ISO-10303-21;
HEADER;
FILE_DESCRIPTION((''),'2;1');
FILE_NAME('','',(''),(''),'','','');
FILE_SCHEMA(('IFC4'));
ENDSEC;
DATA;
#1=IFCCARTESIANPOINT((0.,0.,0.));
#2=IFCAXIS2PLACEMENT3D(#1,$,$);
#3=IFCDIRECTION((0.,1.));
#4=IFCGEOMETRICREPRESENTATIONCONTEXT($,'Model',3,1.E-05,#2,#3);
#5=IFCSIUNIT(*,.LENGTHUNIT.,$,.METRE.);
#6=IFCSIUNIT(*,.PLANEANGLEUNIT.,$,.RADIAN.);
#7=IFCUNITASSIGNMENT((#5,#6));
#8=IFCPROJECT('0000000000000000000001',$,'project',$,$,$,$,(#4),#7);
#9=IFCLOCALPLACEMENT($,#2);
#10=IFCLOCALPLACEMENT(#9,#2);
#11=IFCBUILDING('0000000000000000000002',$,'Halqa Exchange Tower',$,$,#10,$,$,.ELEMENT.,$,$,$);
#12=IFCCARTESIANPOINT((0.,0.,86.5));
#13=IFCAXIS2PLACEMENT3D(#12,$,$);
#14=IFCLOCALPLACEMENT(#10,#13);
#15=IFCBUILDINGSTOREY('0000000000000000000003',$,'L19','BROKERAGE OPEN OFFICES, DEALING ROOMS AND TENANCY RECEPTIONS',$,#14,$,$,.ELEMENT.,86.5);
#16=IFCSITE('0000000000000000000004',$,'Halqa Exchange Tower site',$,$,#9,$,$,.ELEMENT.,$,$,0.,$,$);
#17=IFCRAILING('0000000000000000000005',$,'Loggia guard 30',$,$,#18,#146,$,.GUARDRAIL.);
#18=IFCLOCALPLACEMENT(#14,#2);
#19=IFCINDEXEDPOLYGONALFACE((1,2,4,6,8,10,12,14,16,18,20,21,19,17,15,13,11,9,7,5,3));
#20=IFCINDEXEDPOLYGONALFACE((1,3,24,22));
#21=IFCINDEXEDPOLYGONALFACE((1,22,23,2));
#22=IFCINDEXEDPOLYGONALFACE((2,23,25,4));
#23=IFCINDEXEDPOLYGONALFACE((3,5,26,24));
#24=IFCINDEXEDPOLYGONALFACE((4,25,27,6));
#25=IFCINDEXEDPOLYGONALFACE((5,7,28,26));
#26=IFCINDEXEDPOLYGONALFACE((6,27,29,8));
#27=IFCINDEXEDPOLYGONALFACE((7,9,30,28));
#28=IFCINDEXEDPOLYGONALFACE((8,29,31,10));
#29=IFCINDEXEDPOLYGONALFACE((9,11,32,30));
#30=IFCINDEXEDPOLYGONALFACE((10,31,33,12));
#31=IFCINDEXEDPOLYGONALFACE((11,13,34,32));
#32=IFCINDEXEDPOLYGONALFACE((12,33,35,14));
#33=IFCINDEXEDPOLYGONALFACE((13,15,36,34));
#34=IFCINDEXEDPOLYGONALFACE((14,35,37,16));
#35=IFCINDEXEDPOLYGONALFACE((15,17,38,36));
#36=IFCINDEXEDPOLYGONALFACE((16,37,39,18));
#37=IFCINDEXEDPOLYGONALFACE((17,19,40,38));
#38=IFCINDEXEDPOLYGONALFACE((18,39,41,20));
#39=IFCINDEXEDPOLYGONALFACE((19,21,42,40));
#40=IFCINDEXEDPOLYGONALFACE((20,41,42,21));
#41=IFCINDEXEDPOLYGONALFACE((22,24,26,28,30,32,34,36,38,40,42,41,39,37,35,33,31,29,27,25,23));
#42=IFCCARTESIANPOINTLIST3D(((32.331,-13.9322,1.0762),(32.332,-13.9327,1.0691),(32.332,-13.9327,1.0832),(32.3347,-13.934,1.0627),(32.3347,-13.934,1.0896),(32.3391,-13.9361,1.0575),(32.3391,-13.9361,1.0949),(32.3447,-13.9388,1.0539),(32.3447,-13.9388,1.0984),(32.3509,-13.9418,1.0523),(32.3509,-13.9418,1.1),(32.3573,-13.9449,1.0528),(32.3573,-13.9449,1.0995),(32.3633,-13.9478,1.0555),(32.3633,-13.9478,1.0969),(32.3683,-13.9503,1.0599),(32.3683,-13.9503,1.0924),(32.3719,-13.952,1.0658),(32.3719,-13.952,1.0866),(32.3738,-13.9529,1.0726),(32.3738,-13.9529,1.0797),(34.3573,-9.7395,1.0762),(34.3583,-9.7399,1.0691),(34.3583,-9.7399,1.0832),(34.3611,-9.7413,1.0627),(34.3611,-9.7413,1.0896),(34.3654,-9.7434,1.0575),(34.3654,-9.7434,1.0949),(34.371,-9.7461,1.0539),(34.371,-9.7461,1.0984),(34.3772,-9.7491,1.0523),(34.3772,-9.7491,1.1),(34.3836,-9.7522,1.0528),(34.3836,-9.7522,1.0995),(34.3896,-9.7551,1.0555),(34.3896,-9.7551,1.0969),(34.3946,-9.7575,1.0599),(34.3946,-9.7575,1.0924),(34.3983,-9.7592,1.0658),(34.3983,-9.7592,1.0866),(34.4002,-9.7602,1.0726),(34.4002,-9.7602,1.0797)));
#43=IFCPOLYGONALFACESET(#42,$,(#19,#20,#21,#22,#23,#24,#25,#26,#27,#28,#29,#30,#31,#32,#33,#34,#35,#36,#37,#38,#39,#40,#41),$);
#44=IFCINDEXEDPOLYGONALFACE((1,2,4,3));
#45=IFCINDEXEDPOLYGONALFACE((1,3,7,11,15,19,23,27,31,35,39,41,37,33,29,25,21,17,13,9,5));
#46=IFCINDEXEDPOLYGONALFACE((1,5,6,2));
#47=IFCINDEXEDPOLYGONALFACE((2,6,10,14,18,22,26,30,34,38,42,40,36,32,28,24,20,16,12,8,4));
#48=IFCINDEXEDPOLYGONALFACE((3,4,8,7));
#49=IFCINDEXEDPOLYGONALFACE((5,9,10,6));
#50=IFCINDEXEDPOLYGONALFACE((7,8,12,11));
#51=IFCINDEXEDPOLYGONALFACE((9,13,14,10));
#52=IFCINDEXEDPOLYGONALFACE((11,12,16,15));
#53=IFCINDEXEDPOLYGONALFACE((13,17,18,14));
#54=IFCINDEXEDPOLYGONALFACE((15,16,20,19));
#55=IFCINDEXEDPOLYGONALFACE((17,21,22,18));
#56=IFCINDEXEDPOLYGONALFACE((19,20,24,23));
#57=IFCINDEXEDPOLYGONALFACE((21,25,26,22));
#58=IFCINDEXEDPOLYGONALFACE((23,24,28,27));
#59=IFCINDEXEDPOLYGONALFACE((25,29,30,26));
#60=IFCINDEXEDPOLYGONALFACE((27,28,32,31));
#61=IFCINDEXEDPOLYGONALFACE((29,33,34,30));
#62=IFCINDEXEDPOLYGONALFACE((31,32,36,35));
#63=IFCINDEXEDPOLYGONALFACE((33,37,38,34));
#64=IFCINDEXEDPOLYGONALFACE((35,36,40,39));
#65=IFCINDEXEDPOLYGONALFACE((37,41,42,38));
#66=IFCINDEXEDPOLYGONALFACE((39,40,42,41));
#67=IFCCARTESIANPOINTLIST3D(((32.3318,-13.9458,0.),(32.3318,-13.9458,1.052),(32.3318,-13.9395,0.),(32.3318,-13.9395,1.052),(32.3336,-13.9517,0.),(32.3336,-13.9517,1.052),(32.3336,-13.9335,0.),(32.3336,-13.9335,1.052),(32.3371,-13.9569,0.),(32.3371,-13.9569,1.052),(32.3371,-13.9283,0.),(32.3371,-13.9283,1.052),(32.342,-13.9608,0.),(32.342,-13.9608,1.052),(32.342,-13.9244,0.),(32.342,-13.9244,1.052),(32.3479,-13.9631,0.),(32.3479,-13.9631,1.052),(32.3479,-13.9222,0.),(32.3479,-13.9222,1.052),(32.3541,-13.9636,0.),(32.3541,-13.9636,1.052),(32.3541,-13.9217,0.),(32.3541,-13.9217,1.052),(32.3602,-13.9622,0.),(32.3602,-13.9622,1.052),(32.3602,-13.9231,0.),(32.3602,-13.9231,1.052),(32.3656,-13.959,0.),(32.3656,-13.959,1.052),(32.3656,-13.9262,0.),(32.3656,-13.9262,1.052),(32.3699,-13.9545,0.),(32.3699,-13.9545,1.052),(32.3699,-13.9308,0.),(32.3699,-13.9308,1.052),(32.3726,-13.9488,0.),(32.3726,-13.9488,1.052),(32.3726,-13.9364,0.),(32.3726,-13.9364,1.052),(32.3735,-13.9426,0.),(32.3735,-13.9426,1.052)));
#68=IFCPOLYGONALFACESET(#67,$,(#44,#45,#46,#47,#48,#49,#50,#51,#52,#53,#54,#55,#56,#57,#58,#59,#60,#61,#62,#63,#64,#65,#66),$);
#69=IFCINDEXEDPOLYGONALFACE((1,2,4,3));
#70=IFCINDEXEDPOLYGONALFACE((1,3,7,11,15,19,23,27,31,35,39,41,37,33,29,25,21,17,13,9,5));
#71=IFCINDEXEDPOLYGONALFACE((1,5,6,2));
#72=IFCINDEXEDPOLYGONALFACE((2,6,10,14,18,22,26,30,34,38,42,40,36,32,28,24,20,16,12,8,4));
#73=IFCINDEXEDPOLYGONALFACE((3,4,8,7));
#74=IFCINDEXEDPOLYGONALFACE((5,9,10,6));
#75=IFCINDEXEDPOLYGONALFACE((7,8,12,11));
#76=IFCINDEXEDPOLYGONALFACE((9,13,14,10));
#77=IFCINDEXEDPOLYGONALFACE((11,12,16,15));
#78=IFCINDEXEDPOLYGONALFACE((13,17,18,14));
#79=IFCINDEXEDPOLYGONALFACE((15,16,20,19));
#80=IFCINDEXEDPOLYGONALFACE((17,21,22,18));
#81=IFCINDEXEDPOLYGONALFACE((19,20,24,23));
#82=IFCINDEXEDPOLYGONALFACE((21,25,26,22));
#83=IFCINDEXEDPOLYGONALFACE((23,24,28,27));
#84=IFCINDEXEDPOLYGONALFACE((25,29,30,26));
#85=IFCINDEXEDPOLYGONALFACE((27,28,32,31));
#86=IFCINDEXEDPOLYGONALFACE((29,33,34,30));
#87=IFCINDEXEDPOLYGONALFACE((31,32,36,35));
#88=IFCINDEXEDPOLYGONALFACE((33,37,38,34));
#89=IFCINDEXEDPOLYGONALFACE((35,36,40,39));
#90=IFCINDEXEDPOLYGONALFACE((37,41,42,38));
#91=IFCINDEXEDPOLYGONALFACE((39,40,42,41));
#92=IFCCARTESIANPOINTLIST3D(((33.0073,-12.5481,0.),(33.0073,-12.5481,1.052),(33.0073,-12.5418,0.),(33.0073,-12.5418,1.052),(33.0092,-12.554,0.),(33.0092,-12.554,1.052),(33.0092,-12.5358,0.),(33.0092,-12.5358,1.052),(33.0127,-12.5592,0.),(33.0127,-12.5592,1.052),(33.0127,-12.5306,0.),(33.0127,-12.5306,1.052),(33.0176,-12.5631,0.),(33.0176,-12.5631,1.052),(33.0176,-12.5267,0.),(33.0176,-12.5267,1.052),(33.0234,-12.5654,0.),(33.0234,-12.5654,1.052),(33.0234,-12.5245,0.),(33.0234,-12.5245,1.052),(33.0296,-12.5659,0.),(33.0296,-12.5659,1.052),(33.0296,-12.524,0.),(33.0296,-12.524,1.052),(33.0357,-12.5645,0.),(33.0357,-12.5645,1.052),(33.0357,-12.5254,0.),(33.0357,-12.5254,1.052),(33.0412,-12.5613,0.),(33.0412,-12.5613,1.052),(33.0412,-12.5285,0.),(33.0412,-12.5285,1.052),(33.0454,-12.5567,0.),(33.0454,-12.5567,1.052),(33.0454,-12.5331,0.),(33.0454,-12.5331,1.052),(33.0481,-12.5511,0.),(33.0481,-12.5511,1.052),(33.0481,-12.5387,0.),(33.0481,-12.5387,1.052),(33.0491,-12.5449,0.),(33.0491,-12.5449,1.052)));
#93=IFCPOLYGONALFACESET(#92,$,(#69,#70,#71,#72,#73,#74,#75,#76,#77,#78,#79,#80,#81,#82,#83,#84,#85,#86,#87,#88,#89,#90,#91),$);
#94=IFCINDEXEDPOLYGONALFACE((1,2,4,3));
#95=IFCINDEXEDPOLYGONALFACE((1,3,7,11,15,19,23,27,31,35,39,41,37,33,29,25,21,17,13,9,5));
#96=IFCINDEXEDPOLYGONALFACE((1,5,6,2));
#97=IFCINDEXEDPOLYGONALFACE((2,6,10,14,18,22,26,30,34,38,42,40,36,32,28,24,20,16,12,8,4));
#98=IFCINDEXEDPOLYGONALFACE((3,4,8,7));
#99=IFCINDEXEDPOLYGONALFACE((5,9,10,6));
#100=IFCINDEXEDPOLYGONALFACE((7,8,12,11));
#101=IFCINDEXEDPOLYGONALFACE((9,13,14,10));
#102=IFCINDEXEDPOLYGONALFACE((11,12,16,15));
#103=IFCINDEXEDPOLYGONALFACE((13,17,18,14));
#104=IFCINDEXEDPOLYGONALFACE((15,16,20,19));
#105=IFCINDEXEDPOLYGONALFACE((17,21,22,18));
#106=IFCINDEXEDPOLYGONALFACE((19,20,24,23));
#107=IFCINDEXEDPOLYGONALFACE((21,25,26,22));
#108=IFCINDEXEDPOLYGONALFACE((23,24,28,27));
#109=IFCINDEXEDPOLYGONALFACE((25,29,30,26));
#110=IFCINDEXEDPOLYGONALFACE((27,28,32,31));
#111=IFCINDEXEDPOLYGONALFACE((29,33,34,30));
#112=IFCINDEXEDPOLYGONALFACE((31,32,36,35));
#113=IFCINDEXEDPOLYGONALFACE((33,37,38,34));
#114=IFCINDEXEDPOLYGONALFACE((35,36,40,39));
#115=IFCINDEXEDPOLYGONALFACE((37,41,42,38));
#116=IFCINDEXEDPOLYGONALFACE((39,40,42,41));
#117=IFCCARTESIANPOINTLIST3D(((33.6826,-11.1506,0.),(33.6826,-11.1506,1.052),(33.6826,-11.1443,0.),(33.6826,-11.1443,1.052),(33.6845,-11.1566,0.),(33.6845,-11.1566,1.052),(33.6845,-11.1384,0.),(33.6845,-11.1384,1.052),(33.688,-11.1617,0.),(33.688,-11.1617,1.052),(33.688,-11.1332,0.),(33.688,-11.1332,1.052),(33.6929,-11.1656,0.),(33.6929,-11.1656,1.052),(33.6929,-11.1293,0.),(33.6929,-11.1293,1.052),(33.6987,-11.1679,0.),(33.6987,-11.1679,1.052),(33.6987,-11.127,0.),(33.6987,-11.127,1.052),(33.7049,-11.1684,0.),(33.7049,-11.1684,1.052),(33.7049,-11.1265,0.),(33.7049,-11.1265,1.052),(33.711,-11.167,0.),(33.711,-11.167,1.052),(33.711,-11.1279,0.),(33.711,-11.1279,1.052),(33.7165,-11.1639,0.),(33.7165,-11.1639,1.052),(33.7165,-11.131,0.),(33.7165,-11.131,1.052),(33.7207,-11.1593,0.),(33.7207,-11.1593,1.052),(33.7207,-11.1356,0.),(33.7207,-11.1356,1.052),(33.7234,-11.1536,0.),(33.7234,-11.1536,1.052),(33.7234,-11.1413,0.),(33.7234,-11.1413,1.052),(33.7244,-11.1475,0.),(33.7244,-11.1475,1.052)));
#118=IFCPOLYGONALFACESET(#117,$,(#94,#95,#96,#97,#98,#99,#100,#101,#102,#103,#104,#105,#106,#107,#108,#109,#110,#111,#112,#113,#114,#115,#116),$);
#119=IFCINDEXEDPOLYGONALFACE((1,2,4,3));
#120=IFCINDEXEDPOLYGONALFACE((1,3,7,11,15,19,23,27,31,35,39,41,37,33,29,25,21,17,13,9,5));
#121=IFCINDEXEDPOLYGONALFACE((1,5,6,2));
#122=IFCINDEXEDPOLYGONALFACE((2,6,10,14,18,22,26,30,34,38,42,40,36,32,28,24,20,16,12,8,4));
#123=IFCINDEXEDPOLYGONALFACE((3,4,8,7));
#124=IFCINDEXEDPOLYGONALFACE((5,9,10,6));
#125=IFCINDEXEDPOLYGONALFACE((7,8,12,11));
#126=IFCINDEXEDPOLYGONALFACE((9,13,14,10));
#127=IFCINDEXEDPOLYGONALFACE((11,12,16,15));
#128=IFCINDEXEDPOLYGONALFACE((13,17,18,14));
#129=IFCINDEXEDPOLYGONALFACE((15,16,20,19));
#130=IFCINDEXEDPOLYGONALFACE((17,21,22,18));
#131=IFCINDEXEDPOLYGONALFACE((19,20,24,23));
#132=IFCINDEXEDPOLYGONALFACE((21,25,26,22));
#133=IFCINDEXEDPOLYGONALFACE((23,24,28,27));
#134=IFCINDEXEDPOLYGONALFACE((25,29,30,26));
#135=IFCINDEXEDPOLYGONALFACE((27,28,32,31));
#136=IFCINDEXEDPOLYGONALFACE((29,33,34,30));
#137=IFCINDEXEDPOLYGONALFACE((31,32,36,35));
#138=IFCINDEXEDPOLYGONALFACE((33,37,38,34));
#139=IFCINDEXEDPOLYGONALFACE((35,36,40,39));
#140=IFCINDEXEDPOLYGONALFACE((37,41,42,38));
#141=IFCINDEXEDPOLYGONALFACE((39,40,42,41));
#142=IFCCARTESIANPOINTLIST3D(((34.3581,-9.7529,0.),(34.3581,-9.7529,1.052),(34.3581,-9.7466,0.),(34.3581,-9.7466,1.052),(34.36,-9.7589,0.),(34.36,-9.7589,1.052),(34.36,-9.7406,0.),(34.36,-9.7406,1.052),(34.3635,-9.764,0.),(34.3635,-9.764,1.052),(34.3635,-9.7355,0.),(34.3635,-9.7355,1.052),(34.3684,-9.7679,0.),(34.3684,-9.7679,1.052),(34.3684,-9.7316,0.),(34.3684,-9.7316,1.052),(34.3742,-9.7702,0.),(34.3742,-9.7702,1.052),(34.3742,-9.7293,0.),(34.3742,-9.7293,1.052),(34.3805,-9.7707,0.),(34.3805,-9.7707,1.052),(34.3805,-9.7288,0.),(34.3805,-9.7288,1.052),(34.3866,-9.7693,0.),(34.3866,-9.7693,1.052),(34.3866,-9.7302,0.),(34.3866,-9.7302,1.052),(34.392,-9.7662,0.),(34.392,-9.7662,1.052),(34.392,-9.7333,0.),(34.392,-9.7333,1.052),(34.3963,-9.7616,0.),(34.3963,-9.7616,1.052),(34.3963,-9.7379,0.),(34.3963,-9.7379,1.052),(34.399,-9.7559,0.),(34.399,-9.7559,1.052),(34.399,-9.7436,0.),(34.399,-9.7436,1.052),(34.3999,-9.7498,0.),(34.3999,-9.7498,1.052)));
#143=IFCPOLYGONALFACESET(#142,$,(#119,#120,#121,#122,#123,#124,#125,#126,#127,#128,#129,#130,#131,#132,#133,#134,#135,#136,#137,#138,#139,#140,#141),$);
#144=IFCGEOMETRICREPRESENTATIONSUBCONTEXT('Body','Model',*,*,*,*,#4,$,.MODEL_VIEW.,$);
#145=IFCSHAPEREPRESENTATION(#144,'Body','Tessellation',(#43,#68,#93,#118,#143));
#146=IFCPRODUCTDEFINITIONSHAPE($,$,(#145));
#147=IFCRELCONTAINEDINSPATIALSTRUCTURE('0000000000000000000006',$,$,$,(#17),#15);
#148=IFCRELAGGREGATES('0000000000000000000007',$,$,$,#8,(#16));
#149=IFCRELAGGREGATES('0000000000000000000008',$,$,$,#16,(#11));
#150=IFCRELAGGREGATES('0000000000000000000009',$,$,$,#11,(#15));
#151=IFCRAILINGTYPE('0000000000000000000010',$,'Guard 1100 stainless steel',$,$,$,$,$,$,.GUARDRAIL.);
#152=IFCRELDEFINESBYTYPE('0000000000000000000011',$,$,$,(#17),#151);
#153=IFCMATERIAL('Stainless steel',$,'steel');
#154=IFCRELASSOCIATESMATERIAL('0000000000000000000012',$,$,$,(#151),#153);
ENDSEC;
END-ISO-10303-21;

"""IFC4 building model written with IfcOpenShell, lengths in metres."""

from ifc_helpers import new_model, si_unit, direction, frame, origin, origin_2d, place, context, subcontext, project, spatial, circle, extrude, material, type_object, element, save


model = new_model("IFC4")

# Units and contexts
model_context = context("Model", 3, precision=1e-05, world=origin(), true_north=direction((0.0, 1.0)))
body_context = subcontext(model_context, "Body", "Model", "MODEL_VIEW")
ifc_project = project(units=[si_unit("LENGTHUNIT", "METRE"), si_unit("PLANEANGLEUNIT", "RADIAN")], contexts=[model_context])

# Site, building, storey
site_placement = place(None, origin())
site = spatial("IfcSite", under=ifc_project, at=site_placement, Name="Halqa Exchange Tower site", CompositionType="ELEMENT", RefElevation=0.0)
building_placement = place(site_placement, origin())
building = spatial("IfcBuilding", under=site, at=building_placement, Name="Halqa Exchange Tower", CompositionType="ELEMENT")
storey_placement = place(building_placement, frame((0.0, 0.0, 86.5)))
storey = spatial("IfcBuildingStorey", under=building, at=storey_placement, Name="L19", Description="BROKERAGE OPEN OFFICES, DEALING ROOMS AND TENANCY RECEPTIONS", CompositionType="ELEMENT", Elevation=86.5)

# Railing
ifc_material_1 = material(Name="Stainless steel", Category="steel")
railing_type = type_object("IfcRailingType", Name="Guard 1100 stainless steel", PredefinedType="GUARDRAIL", material=ifc_material_1)
railing_1_placement = place(storey_placement, frame((32.3525, -13.9426, 0.0)))
element("IfcRailing", 1, at=railing_1_placement, inside=storey, type_object=railing_type, Name="Loggia guard 30", PredefinedType="GUARDRAIL", context=body_context, shape_type="SweptSolid", body=[
    extrude(circle(Radius=0.0239, at=origin_2d()), frame((0.0, 0.0, 1.0762), z_axis=(0.435136, 0.900365, 0.0), x_axis=(-0.900365, 0.435136, 0.0)), (0.0, 0.0, 1.0), 4.6567),
    extrude(circle(Radius=0.021, at=origin_2d()), origin(), (0.0, 0.0, 1.0), 1.052),
    extrude(circle(Radius=0.021, at=origin_2d()), frame((0.6755, 1.3977, 0.0)), (0.0, 0.0, 1.0), 1.052),
    extrude(circle(Radius=0.021, at=origin_2d()), frame((1.3508, 2.7952, 0.0)), (0.0, 0.0, 1.0), 1.052),
    extrude(circle(Radius=0.021, at=origin_2d()), frame((2.0264, 4.1929, 0.0)), (0.0, 0.0, 1.0), 1.052),
])

save(model, "model.ifc")
